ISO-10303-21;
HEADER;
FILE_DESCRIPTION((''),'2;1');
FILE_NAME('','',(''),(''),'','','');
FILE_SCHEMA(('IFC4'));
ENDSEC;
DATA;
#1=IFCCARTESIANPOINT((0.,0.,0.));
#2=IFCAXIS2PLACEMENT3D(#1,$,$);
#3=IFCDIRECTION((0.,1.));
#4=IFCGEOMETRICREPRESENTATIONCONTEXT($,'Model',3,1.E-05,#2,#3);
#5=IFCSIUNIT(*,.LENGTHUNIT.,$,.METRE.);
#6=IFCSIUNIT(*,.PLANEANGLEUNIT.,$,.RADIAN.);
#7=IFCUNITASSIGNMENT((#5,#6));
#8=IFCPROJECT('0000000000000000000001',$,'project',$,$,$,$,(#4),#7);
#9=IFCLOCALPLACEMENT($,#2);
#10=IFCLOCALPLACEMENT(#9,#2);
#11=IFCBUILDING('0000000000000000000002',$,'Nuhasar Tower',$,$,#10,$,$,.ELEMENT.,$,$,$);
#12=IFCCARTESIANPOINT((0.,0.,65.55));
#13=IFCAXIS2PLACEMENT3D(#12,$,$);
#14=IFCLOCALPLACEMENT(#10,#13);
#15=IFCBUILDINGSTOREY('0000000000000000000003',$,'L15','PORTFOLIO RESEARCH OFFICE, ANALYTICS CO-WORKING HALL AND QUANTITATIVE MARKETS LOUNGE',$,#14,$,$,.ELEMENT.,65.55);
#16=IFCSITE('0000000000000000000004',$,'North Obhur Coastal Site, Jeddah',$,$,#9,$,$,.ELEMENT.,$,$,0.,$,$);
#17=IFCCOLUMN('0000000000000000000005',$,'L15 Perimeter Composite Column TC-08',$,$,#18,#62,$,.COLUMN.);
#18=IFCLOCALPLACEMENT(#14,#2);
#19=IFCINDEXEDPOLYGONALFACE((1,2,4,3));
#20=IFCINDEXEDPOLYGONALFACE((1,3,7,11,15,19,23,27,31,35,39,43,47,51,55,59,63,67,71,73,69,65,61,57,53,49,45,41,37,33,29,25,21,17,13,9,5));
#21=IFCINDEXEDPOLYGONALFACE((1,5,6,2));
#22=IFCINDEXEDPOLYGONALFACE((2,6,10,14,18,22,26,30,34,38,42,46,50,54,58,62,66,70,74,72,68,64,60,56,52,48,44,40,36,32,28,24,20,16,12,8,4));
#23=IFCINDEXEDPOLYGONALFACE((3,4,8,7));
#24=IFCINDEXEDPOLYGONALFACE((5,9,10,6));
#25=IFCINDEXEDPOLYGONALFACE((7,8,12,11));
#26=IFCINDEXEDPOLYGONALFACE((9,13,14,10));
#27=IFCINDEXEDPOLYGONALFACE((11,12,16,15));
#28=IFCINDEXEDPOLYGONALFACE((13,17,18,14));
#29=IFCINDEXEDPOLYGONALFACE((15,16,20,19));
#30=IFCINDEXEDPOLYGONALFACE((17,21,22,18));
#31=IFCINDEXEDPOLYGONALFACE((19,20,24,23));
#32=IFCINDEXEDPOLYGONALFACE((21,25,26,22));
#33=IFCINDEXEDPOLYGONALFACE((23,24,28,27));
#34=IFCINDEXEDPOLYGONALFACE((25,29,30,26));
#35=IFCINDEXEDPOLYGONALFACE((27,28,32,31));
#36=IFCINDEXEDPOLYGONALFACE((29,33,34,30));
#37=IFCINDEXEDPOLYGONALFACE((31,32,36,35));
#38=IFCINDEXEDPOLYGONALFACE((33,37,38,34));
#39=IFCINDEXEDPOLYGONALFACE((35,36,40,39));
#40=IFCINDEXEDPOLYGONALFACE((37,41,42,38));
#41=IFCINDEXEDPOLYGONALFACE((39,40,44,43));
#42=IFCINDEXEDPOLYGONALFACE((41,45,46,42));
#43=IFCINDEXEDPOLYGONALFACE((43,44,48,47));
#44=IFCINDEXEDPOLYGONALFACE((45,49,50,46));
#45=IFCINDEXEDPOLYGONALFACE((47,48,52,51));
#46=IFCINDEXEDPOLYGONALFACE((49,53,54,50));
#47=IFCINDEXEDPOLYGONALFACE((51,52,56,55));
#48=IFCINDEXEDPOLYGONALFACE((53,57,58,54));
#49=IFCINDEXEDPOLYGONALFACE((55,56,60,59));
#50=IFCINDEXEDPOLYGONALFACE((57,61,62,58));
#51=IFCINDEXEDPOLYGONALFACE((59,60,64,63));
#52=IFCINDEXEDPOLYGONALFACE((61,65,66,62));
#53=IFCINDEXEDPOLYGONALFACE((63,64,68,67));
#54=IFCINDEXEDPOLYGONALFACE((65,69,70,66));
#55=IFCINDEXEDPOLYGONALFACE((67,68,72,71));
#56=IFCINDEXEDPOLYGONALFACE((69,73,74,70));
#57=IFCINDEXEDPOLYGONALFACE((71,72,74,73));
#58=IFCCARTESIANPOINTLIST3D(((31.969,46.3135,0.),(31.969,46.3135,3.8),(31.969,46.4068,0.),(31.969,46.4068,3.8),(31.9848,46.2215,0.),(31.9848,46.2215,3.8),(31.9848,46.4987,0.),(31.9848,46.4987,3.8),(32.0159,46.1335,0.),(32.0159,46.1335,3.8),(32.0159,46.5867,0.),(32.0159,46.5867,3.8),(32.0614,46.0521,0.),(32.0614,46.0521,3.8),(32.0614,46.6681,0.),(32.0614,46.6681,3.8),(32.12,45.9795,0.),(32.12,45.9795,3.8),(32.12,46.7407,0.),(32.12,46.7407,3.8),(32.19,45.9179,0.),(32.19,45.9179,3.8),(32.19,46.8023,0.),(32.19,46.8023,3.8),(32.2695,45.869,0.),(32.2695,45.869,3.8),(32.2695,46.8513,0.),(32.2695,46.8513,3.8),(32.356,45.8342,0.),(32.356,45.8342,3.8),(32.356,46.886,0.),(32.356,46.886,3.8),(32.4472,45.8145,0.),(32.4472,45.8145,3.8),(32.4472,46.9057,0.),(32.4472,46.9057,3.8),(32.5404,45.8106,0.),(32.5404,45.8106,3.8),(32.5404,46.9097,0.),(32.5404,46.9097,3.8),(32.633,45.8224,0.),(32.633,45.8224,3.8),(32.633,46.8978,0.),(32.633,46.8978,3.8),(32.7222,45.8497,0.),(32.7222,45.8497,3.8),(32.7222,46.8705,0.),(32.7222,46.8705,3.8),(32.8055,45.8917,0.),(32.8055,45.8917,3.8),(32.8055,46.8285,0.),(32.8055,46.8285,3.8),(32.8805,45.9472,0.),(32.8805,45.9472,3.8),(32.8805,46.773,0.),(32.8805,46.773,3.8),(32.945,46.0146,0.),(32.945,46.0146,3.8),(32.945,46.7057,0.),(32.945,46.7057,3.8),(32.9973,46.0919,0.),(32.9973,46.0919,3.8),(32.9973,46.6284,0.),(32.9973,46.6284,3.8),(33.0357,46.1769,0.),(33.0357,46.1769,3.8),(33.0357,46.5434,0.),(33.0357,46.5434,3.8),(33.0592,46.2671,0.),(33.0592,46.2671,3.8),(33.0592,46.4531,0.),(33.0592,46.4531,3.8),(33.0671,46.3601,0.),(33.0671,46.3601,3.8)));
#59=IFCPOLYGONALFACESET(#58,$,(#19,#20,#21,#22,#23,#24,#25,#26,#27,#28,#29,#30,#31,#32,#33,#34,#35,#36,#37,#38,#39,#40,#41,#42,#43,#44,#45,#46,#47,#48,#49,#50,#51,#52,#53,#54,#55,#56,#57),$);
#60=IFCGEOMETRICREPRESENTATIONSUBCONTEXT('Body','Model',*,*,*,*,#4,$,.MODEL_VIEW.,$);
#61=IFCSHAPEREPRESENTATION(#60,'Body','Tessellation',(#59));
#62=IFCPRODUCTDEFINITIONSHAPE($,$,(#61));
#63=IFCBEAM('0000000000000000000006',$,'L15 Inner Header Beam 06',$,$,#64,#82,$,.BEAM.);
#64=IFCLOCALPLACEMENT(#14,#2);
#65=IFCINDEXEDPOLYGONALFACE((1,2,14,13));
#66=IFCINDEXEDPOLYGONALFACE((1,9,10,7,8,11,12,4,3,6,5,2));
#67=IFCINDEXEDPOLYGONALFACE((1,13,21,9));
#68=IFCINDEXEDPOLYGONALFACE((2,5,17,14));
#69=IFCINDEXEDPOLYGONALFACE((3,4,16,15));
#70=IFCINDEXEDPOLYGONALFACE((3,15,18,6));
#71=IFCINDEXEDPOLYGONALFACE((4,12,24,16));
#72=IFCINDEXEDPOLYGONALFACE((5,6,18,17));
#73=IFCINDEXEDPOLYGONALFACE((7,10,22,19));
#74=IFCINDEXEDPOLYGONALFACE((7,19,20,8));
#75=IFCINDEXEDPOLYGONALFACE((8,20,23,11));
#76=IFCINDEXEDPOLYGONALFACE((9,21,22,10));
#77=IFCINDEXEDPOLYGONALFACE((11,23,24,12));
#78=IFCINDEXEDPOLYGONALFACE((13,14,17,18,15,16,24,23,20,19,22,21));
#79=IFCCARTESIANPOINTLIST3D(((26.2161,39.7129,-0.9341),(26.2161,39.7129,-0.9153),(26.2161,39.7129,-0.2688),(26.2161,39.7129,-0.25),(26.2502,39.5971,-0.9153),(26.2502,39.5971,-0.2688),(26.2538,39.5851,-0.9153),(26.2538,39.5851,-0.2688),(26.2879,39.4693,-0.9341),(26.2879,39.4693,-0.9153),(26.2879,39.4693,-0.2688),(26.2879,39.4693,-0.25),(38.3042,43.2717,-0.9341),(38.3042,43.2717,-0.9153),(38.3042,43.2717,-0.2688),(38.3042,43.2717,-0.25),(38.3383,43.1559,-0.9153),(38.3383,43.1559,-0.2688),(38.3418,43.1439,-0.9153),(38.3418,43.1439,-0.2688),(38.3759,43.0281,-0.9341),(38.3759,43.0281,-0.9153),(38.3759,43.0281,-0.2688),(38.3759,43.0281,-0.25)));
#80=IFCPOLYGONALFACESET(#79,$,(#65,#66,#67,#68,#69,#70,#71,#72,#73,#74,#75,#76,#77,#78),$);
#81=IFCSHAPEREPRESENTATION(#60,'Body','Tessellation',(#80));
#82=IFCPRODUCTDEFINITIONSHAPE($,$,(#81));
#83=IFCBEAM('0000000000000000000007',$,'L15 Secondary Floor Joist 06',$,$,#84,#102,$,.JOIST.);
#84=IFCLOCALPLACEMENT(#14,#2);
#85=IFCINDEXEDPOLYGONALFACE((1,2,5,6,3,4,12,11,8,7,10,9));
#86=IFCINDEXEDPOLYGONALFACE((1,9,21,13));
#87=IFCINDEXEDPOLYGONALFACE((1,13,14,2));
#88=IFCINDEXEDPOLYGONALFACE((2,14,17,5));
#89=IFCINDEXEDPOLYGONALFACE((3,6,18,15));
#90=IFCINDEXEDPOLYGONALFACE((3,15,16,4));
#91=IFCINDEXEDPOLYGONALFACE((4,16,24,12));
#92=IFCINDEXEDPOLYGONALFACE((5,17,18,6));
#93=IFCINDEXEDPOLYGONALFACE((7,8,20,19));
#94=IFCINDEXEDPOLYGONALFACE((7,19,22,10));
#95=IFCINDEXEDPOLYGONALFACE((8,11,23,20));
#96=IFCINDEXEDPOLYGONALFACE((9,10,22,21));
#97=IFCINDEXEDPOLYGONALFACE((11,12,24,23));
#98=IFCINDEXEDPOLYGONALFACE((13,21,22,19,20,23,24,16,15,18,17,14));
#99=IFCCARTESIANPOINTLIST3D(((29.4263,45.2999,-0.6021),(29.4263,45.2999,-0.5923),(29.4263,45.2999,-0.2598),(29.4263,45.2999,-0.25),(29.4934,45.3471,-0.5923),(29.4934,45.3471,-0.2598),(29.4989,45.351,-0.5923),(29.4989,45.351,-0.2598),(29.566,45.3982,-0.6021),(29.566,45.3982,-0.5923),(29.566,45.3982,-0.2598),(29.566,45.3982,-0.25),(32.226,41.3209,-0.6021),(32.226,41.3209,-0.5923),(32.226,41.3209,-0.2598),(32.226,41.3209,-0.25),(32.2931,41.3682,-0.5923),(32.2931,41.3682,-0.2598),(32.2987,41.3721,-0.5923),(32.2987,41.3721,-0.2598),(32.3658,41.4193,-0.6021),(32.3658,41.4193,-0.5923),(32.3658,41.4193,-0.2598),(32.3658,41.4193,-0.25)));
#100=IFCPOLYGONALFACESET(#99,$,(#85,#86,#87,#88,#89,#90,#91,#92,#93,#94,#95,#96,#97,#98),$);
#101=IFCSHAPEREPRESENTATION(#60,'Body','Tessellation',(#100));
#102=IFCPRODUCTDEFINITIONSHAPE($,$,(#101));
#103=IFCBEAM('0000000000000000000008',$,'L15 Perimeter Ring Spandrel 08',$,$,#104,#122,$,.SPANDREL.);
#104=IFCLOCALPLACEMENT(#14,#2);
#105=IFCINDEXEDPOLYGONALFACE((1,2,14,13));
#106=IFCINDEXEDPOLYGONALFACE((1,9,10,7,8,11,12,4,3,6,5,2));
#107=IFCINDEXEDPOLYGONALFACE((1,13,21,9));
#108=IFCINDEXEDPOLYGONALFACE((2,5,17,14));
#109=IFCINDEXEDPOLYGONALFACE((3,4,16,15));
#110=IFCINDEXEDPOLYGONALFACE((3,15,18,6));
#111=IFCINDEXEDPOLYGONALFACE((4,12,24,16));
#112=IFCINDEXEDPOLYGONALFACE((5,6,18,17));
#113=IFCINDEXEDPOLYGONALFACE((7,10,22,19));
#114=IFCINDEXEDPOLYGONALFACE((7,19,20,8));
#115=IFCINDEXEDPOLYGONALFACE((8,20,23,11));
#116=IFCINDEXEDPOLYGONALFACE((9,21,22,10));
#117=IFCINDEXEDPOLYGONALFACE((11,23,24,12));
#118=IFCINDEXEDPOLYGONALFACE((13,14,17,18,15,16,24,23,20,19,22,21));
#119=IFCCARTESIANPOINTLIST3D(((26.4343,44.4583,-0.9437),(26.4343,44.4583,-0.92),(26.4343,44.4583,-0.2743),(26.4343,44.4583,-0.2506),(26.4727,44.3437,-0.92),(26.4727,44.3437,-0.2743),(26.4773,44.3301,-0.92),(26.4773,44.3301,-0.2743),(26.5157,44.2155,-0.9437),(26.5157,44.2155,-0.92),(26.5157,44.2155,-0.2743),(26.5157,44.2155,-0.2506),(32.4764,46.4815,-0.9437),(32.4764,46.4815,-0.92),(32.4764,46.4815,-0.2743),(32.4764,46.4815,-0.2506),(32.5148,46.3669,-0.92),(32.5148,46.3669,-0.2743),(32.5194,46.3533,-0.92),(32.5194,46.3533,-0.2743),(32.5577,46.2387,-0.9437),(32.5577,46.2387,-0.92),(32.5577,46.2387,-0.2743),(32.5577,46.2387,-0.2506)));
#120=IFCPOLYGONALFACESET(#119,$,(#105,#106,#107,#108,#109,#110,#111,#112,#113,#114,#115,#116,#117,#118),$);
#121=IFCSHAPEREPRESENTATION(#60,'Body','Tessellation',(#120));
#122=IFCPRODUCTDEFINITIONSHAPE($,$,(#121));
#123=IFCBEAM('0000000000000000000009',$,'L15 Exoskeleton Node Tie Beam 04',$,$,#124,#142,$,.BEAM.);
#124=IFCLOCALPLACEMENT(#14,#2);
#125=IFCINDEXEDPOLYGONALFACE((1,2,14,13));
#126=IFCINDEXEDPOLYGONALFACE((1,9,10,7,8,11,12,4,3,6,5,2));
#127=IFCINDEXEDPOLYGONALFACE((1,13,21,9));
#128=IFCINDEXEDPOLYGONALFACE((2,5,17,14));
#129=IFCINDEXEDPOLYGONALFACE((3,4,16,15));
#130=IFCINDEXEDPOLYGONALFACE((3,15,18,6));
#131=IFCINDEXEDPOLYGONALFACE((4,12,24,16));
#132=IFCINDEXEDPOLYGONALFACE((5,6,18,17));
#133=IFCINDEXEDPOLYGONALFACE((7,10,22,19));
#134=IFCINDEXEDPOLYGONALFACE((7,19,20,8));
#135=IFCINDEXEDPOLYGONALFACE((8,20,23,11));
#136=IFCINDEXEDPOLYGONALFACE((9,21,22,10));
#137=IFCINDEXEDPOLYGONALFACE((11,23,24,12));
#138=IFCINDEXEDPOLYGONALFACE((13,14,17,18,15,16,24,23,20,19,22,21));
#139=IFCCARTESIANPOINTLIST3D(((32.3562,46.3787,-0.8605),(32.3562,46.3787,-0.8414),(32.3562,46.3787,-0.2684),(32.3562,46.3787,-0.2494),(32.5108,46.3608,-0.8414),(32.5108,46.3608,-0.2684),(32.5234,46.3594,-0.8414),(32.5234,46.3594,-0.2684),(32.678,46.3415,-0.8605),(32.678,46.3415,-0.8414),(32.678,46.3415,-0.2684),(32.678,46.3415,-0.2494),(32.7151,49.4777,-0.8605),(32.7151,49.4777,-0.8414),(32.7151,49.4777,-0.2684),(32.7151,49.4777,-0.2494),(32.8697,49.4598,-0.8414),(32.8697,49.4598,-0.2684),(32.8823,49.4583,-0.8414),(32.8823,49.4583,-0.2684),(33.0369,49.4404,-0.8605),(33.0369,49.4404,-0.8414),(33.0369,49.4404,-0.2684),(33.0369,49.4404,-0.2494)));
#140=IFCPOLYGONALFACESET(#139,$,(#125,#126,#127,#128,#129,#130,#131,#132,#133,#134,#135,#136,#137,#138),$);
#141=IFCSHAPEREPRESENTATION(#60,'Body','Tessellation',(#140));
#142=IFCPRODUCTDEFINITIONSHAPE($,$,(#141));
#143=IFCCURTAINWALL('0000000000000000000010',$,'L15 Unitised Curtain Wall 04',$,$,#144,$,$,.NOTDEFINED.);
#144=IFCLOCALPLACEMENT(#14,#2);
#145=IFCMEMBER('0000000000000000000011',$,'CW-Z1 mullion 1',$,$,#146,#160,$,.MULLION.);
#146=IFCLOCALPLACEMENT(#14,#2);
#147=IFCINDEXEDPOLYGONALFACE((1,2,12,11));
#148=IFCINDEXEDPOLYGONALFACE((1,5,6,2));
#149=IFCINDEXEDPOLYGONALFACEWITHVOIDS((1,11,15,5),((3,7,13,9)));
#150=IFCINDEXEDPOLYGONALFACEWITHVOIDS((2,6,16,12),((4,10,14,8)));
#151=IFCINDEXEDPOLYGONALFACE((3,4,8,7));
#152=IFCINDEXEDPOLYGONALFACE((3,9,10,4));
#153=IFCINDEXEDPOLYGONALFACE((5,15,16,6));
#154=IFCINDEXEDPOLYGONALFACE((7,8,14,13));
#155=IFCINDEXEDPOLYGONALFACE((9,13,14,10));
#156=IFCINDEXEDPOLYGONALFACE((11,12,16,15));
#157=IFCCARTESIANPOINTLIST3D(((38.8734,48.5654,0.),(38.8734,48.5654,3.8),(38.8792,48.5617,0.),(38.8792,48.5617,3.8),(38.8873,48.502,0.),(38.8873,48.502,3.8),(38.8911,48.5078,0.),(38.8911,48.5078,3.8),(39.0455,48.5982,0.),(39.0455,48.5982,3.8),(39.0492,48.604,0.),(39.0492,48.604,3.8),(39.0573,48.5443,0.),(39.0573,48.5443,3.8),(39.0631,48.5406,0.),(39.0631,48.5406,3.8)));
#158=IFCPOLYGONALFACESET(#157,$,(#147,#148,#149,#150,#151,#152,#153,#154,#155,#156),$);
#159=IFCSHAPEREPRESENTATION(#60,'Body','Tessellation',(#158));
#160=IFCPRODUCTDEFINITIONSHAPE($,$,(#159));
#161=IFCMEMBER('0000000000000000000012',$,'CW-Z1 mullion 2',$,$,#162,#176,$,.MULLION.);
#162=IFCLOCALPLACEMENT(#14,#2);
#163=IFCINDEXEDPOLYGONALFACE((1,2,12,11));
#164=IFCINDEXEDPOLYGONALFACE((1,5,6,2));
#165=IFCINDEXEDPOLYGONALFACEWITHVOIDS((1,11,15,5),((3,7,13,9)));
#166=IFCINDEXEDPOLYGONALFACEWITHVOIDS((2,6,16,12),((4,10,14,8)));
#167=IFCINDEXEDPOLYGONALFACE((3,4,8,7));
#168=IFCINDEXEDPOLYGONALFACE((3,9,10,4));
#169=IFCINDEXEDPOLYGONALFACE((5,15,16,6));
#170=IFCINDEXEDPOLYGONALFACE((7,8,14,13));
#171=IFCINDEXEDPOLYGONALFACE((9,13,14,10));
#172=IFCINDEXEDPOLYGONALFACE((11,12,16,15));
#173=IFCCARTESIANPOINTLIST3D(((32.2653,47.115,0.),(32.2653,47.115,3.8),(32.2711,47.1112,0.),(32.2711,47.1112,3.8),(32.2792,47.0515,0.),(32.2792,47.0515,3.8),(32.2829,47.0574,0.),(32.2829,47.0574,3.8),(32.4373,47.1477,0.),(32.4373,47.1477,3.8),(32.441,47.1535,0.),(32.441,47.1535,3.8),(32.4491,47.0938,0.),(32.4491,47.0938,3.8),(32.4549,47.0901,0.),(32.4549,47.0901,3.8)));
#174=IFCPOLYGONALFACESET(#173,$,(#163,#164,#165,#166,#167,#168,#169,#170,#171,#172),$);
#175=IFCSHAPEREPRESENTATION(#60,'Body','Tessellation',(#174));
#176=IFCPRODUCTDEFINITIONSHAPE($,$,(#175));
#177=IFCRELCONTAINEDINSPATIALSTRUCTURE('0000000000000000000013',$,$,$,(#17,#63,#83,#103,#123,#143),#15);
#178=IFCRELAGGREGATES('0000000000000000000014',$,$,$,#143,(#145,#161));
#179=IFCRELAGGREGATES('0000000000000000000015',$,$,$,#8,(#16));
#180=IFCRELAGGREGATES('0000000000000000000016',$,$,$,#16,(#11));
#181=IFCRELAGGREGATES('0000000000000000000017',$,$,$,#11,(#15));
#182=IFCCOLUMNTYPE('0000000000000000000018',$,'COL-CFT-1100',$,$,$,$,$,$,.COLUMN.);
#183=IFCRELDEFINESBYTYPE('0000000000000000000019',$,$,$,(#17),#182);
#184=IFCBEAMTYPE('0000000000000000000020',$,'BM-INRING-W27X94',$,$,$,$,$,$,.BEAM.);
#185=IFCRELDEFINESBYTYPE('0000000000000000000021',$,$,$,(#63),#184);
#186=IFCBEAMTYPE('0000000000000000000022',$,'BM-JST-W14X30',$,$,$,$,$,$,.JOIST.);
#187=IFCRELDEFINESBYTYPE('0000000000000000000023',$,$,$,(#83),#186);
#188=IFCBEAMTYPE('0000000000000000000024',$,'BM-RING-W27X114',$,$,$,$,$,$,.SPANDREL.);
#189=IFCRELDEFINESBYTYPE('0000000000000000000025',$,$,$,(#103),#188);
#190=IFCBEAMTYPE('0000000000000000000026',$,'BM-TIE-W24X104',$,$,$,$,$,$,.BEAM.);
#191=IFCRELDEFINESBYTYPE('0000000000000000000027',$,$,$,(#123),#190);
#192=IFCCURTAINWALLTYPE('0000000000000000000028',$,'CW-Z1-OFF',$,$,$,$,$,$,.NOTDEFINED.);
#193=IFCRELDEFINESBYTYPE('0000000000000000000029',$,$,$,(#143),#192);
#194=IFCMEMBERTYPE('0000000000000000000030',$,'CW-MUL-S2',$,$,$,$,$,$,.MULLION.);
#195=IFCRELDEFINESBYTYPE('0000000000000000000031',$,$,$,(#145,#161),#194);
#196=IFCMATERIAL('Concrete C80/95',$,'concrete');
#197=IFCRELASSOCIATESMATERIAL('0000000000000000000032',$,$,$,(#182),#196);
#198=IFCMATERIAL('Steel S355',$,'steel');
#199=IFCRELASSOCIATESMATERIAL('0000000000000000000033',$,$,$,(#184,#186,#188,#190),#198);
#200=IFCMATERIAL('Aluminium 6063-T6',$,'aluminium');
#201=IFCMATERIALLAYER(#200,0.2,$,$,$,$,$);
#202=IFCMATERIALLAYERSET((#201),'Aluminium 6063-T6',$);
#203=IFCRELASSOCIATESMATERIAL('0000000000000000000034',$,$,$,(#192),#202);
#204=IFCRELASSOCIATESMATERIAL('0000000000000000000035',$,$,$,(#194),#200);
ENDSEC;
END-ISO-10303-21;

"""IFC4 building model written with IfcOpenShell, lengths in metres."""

from ifc_helpers import new_model, si_unit, direction, frame, origin, origin_2d, place, context, subcontext, project, spatial, hollow_rectangle, circle, i_section, extrude, material, layer, layer_set, material_profile, profile_set, type_object, element, aggregate, save


model = new_model("IFC4")

# Units and contexts
model_context = context("Model", 3, precision=1e-05, world=origin(), true_north=direction((0.0, 1.0)))
body_context = subcontext(model_context, "Body", "Model", "MODEL_VIEW")
ifc_project = project(units=[si_unit("LENGTHUNIT", "METRE"), si_unit("PLANEANGLEUNIT", "RADIAN")], contexts=[model_context])

# Site, building, storey
site_placement = place(None, origin())
site = spatial("IfcSite", under=ifc_project, at=site_placement, Name="North Obhur Coastal Site, Jeddah", CompositionType="ELEMENT", RefElevation=0.0)
building_placement = place(site_placement, origin())
building = spatial("IfcBuilding", under=site, at=building_placement, Name="Nuhasar Tower", CompositionType="ELEMENT")
storey_placement = place(building_placement, frame((0.0, 0.0, 65.55)))
storey = spatial("IfcBuildingStorey", under=building, at=storey_placement, Name="L15", Description="PORTFOLIO RESEARCH OFFICE, ANALYTICS CO-WORKING HALL AND QUANTITATIVE MARKETS LOUNGE", CompositionType="ELEMENT", Elevation=65.55)

# Column
ifc_material_1 = material(Name="Concrete C80/95", Category="concrete")
ifc_material_profile_1 = material_profile(ifc_material_1, circle(Radius=0.55, at=origin_2d()), Name="CFT1100")
ifc_profile_set_1 = profile_set([ifc_material_profile_1], Name="Concrete C80/95")
column_type = type_object("IfcColumnType", Name="COL-CFT-1100", PredefinedType="COLUMN", material=ifc_profile_set_1)
column_placement = place(storey_placement, frame((32.5171, 46.3601, 0.0), z_axis=(0.0, 0.0, 1.0), x_axis=(1.0, 0.0, 0.0)))
element("IfcColumn", 1, at=column_placement, inside=storey, type_object=column_type, Name="L15 Perimeter Composite Column TC-08", PredefinedType="COLUMN", context=body_context, shape_type="SweptSolid", body=[
    extrude(circle(Radius=0.55, at=origin_2d()), origin(), (0.0, 0.0, 1.0), 3.8),
])

# Beams
ifc_material_2 = material(Name="Steel S355", Category="steel")
ifc_material_profile_2 = material_profile(ifc_material_2, i_section(OverallWidth=0.2539, OverallDepth=0.6841, WebThickness=0.0125, FlangeThickness=0.0188, at=origin_2d()), Name="W27X94")
ifc_profile_set_2 = profile_set([ifc_material_profile_2], Name="Steel S355")
beam_type_1 = type_object("IfcBeamType", Name="BM-INRING-W27X94", PredefinedType="BEAM", material=ifc_profile_set_2)
beam_1_placement = place(storey_placement, frame((38.3401, 43.1499, -0.592), z_axis=(-0.95929, -0.282422, 0.0), x_axis=(0.282422, -0.95929, 0.0)))
element("IfcBeam", 2, at=beam_1_placement, inside=storey, type_object=beam_type_1, Name="L15 Inner Header Beam 06", PredefinedType="BEAM", context=body_context, shape_type="SweptSolid", body=[
    extrude(i_section(OverallWidth=0.2539, OverallDepth=0.6841, WebThickness=0.0125, FlangeThickness=0.0188, at=origin_2d()), origin(), (0.0, 0.0, 1.0), 12.6011),
])
ifc_material_profile_3 = material_profile(ifc_material_2, i_section(OverallWidth=0.1709, OverallDepth=0.3521, WebThickness=0.0068, FlangeThickness=0.0098, at=origin_2d()), Name="W14X30")
ifc_profile_set_3 = profile_set([ifc_material_profile_3], Name="Steel S355")
beam_type_2 = type_object("IfcBeamType", Name="BM-JST-W14X30", PredefinedType="JOIST", material=ifc_profile_set_3)
beam_2_placement = place(storey_placement, frame((32.2959, 41.3701, -0.426), z_axis=(-0.575461, 0.817829, 0.0), x_axis=(-0.817829, -0.575461, 0.0)))
element("IfcBeam", 3, at=beam_2_placement, inside=storey, type_object=beam_type_2, Name="L15 Secondary Floor Joist 06", PredefinedType="JOIST", context=body_context, shape_type="SweptSolid", body=[
    extrude(i_section(OverallWidth=0.1709, OverallDepth=0.3521, WebThickness=0.0068, FlangeThickness=0.0098, at=origin_2d()), origin(), (0.0, 0.0, 1.0), 4.8652),
])
ifc_material_profile_4 = material_profile(ifc_material_2, i_section(OverallWidth=0.2561, OverallDepth=0.6931, WebThickness=0.0144, FlangeThickness=0.0237, at=origin_2d()), Name="W27X114")
ifc_profile_set_4 = profile_set([ifc_material_profile_4], Name="Steel S355")
beam_type_3 = type_object("IfcBeamType", Name="BM-RING-W27X114", PredefinedType="SPANDREL", material=ifc_profile_set_4)
beam_3_placement = place(storey_placement, frame((32.5171, 46.3601, -0.5972), z_axis=(-0.948249, -0.317526, 0.0), x_axis=(0.317526, -0.948249, 0.0)))
element("IfcBeam", 4, at=beam_3_placement, inside=storey, type_object=beam_type_3, Name="L15 Perimeter Ring Spandrel 08", PredefinedType="SPANDREL", context=body_context, shape_type="SweptSolid", body=[
    extrude(i_section(OverallWidth=0.2561, OverallDepth=0.6931, WebThickness=0.0144, FlangeThickness=0.0237, at=origin_2d()), origin(), (0.0, 0.0, 1.0), 6.3718),
])
ifc_material_profile_5 = material_profile(ifc_material_2, i_section(OverallWidth=0.324, OverallDepth=0.6111, WebThickness=0.0127, FlangeThickness=0.019, at=origin_2d()), Name="W24X104")
ifc_profile_set_5 = profile_set([ifc_material_profile_5], Name="Steel S355")
beam_type_4 = type_object("IfcBeamType", Name="BM-TIE-W24X104", PredefinedType="BEAM", material=ifc_profile_set_5)
beam_4_placement = place(storey_placement, frame((32.5171, 46.3601, -0.5549), z_axis=(0.115043, 0.993361, 0.0), x_axis=(-0.993361, 0.115043, 0.0)))
element("IfcBeam", 5, at=beam_4_placement, inside=storey, type_object=beam_type_4, Name="L15 Exoskeleton Node Tie Beam 04", PredefinedType="BEAM", context=body_context, shape_type="SweptSolid", body=[
    extrude(i_section(OverallWidth=0.324, OverallDepth=0.6111, WebThickness=0.0127, FlangeThickness=0.019, at=origin_2d()), origin(), (0.0, 0.0, 1.0), 3.1196),
])

# Curtain wall, members
ifc_material_3 = material(Name="Aluminium 6063-T6", Category="aluminium")
ifc_layer_1 = layer(ifc_material_3, 0.2)
ifc_layer_set_1 = layer_set([ifc_layer_1], Name="Aluminium 6063-T6")
curtain_wall_type = type_object("IfcCurtainWallType", Name="CW-Z1-OFF", PredefinedType="NOTDEFINED", material=ifc_layer_set_1)
curtain_wall_placement = place(storey_placement, origin())
curtain_wall = element("IfcCurtainWall", 6, at=curtain_wall_placement, inside=storey, type_object=curtain_wall_type, Name="L15 Unitised Curtain Wall 04", PredefinedType="NOTDEFINED")
ifc_material_profile_6 = material_profile(ifc_material_3, hollow_rectangle(XDim=0.0649, YDim=0.1799, WallThickness=0.0049, at=origin_2d()), Name="CWM-2")
ifc_profile_set_6 = profile_set([ifc_material_profile_6], Name="Aluminium 6063-T6")
member_type_1 = type_object("IfcMemberType", Name="CW-MUL-S2", PredefinedType="MULLION", material=ifc_profile_set_6)
member_1_placement = place(storey_placement, frame((38.9683, 48.553, 0.0), z_axis=(0.0, 0.0, 1.0), x_axis=(0.214399, -0.976746, 0.0)))
member_1 = element("IfcMember", 7, at=member_1_placement, type_object=member_type_1, Name="CW-Z1 mullion 1", PredefinedType="MULLION", context=body_context, shape_type="SweptSolid", body=[
    extrude(hollow_rectangle(XDim=0.0649, YDim=0.1799, WallThickness=0.0049, at=origin_2d()), origin(), (0.0, 0.0, 1.0), 3.8),
])
member_2_placement = place(storey_placement, frame((32.3601, 47.1025, 0.0), z_axis=(0.0, 0.0, 1.0), x_axis=(0.214399, -0.976746, 0.0)))
member_2 = element("IfcMember", 8, at=member_2_placement, type_object=member_type_1, Name="CW-Z1 mullion 2", PredefinedType="MULLION", context=body_context, shape_type="SweptSolid", body=[
    extrude(hollow_rectangle(XDim=0.0649, YDim=0.1799, WallThickness=0.0049, at=origin_2d()), origin(), (0.0, 0.0, 1.0), 3.8),
])

aggregate(curtain_wall, [member_1, member_2])

save(model, "model.ifc")
